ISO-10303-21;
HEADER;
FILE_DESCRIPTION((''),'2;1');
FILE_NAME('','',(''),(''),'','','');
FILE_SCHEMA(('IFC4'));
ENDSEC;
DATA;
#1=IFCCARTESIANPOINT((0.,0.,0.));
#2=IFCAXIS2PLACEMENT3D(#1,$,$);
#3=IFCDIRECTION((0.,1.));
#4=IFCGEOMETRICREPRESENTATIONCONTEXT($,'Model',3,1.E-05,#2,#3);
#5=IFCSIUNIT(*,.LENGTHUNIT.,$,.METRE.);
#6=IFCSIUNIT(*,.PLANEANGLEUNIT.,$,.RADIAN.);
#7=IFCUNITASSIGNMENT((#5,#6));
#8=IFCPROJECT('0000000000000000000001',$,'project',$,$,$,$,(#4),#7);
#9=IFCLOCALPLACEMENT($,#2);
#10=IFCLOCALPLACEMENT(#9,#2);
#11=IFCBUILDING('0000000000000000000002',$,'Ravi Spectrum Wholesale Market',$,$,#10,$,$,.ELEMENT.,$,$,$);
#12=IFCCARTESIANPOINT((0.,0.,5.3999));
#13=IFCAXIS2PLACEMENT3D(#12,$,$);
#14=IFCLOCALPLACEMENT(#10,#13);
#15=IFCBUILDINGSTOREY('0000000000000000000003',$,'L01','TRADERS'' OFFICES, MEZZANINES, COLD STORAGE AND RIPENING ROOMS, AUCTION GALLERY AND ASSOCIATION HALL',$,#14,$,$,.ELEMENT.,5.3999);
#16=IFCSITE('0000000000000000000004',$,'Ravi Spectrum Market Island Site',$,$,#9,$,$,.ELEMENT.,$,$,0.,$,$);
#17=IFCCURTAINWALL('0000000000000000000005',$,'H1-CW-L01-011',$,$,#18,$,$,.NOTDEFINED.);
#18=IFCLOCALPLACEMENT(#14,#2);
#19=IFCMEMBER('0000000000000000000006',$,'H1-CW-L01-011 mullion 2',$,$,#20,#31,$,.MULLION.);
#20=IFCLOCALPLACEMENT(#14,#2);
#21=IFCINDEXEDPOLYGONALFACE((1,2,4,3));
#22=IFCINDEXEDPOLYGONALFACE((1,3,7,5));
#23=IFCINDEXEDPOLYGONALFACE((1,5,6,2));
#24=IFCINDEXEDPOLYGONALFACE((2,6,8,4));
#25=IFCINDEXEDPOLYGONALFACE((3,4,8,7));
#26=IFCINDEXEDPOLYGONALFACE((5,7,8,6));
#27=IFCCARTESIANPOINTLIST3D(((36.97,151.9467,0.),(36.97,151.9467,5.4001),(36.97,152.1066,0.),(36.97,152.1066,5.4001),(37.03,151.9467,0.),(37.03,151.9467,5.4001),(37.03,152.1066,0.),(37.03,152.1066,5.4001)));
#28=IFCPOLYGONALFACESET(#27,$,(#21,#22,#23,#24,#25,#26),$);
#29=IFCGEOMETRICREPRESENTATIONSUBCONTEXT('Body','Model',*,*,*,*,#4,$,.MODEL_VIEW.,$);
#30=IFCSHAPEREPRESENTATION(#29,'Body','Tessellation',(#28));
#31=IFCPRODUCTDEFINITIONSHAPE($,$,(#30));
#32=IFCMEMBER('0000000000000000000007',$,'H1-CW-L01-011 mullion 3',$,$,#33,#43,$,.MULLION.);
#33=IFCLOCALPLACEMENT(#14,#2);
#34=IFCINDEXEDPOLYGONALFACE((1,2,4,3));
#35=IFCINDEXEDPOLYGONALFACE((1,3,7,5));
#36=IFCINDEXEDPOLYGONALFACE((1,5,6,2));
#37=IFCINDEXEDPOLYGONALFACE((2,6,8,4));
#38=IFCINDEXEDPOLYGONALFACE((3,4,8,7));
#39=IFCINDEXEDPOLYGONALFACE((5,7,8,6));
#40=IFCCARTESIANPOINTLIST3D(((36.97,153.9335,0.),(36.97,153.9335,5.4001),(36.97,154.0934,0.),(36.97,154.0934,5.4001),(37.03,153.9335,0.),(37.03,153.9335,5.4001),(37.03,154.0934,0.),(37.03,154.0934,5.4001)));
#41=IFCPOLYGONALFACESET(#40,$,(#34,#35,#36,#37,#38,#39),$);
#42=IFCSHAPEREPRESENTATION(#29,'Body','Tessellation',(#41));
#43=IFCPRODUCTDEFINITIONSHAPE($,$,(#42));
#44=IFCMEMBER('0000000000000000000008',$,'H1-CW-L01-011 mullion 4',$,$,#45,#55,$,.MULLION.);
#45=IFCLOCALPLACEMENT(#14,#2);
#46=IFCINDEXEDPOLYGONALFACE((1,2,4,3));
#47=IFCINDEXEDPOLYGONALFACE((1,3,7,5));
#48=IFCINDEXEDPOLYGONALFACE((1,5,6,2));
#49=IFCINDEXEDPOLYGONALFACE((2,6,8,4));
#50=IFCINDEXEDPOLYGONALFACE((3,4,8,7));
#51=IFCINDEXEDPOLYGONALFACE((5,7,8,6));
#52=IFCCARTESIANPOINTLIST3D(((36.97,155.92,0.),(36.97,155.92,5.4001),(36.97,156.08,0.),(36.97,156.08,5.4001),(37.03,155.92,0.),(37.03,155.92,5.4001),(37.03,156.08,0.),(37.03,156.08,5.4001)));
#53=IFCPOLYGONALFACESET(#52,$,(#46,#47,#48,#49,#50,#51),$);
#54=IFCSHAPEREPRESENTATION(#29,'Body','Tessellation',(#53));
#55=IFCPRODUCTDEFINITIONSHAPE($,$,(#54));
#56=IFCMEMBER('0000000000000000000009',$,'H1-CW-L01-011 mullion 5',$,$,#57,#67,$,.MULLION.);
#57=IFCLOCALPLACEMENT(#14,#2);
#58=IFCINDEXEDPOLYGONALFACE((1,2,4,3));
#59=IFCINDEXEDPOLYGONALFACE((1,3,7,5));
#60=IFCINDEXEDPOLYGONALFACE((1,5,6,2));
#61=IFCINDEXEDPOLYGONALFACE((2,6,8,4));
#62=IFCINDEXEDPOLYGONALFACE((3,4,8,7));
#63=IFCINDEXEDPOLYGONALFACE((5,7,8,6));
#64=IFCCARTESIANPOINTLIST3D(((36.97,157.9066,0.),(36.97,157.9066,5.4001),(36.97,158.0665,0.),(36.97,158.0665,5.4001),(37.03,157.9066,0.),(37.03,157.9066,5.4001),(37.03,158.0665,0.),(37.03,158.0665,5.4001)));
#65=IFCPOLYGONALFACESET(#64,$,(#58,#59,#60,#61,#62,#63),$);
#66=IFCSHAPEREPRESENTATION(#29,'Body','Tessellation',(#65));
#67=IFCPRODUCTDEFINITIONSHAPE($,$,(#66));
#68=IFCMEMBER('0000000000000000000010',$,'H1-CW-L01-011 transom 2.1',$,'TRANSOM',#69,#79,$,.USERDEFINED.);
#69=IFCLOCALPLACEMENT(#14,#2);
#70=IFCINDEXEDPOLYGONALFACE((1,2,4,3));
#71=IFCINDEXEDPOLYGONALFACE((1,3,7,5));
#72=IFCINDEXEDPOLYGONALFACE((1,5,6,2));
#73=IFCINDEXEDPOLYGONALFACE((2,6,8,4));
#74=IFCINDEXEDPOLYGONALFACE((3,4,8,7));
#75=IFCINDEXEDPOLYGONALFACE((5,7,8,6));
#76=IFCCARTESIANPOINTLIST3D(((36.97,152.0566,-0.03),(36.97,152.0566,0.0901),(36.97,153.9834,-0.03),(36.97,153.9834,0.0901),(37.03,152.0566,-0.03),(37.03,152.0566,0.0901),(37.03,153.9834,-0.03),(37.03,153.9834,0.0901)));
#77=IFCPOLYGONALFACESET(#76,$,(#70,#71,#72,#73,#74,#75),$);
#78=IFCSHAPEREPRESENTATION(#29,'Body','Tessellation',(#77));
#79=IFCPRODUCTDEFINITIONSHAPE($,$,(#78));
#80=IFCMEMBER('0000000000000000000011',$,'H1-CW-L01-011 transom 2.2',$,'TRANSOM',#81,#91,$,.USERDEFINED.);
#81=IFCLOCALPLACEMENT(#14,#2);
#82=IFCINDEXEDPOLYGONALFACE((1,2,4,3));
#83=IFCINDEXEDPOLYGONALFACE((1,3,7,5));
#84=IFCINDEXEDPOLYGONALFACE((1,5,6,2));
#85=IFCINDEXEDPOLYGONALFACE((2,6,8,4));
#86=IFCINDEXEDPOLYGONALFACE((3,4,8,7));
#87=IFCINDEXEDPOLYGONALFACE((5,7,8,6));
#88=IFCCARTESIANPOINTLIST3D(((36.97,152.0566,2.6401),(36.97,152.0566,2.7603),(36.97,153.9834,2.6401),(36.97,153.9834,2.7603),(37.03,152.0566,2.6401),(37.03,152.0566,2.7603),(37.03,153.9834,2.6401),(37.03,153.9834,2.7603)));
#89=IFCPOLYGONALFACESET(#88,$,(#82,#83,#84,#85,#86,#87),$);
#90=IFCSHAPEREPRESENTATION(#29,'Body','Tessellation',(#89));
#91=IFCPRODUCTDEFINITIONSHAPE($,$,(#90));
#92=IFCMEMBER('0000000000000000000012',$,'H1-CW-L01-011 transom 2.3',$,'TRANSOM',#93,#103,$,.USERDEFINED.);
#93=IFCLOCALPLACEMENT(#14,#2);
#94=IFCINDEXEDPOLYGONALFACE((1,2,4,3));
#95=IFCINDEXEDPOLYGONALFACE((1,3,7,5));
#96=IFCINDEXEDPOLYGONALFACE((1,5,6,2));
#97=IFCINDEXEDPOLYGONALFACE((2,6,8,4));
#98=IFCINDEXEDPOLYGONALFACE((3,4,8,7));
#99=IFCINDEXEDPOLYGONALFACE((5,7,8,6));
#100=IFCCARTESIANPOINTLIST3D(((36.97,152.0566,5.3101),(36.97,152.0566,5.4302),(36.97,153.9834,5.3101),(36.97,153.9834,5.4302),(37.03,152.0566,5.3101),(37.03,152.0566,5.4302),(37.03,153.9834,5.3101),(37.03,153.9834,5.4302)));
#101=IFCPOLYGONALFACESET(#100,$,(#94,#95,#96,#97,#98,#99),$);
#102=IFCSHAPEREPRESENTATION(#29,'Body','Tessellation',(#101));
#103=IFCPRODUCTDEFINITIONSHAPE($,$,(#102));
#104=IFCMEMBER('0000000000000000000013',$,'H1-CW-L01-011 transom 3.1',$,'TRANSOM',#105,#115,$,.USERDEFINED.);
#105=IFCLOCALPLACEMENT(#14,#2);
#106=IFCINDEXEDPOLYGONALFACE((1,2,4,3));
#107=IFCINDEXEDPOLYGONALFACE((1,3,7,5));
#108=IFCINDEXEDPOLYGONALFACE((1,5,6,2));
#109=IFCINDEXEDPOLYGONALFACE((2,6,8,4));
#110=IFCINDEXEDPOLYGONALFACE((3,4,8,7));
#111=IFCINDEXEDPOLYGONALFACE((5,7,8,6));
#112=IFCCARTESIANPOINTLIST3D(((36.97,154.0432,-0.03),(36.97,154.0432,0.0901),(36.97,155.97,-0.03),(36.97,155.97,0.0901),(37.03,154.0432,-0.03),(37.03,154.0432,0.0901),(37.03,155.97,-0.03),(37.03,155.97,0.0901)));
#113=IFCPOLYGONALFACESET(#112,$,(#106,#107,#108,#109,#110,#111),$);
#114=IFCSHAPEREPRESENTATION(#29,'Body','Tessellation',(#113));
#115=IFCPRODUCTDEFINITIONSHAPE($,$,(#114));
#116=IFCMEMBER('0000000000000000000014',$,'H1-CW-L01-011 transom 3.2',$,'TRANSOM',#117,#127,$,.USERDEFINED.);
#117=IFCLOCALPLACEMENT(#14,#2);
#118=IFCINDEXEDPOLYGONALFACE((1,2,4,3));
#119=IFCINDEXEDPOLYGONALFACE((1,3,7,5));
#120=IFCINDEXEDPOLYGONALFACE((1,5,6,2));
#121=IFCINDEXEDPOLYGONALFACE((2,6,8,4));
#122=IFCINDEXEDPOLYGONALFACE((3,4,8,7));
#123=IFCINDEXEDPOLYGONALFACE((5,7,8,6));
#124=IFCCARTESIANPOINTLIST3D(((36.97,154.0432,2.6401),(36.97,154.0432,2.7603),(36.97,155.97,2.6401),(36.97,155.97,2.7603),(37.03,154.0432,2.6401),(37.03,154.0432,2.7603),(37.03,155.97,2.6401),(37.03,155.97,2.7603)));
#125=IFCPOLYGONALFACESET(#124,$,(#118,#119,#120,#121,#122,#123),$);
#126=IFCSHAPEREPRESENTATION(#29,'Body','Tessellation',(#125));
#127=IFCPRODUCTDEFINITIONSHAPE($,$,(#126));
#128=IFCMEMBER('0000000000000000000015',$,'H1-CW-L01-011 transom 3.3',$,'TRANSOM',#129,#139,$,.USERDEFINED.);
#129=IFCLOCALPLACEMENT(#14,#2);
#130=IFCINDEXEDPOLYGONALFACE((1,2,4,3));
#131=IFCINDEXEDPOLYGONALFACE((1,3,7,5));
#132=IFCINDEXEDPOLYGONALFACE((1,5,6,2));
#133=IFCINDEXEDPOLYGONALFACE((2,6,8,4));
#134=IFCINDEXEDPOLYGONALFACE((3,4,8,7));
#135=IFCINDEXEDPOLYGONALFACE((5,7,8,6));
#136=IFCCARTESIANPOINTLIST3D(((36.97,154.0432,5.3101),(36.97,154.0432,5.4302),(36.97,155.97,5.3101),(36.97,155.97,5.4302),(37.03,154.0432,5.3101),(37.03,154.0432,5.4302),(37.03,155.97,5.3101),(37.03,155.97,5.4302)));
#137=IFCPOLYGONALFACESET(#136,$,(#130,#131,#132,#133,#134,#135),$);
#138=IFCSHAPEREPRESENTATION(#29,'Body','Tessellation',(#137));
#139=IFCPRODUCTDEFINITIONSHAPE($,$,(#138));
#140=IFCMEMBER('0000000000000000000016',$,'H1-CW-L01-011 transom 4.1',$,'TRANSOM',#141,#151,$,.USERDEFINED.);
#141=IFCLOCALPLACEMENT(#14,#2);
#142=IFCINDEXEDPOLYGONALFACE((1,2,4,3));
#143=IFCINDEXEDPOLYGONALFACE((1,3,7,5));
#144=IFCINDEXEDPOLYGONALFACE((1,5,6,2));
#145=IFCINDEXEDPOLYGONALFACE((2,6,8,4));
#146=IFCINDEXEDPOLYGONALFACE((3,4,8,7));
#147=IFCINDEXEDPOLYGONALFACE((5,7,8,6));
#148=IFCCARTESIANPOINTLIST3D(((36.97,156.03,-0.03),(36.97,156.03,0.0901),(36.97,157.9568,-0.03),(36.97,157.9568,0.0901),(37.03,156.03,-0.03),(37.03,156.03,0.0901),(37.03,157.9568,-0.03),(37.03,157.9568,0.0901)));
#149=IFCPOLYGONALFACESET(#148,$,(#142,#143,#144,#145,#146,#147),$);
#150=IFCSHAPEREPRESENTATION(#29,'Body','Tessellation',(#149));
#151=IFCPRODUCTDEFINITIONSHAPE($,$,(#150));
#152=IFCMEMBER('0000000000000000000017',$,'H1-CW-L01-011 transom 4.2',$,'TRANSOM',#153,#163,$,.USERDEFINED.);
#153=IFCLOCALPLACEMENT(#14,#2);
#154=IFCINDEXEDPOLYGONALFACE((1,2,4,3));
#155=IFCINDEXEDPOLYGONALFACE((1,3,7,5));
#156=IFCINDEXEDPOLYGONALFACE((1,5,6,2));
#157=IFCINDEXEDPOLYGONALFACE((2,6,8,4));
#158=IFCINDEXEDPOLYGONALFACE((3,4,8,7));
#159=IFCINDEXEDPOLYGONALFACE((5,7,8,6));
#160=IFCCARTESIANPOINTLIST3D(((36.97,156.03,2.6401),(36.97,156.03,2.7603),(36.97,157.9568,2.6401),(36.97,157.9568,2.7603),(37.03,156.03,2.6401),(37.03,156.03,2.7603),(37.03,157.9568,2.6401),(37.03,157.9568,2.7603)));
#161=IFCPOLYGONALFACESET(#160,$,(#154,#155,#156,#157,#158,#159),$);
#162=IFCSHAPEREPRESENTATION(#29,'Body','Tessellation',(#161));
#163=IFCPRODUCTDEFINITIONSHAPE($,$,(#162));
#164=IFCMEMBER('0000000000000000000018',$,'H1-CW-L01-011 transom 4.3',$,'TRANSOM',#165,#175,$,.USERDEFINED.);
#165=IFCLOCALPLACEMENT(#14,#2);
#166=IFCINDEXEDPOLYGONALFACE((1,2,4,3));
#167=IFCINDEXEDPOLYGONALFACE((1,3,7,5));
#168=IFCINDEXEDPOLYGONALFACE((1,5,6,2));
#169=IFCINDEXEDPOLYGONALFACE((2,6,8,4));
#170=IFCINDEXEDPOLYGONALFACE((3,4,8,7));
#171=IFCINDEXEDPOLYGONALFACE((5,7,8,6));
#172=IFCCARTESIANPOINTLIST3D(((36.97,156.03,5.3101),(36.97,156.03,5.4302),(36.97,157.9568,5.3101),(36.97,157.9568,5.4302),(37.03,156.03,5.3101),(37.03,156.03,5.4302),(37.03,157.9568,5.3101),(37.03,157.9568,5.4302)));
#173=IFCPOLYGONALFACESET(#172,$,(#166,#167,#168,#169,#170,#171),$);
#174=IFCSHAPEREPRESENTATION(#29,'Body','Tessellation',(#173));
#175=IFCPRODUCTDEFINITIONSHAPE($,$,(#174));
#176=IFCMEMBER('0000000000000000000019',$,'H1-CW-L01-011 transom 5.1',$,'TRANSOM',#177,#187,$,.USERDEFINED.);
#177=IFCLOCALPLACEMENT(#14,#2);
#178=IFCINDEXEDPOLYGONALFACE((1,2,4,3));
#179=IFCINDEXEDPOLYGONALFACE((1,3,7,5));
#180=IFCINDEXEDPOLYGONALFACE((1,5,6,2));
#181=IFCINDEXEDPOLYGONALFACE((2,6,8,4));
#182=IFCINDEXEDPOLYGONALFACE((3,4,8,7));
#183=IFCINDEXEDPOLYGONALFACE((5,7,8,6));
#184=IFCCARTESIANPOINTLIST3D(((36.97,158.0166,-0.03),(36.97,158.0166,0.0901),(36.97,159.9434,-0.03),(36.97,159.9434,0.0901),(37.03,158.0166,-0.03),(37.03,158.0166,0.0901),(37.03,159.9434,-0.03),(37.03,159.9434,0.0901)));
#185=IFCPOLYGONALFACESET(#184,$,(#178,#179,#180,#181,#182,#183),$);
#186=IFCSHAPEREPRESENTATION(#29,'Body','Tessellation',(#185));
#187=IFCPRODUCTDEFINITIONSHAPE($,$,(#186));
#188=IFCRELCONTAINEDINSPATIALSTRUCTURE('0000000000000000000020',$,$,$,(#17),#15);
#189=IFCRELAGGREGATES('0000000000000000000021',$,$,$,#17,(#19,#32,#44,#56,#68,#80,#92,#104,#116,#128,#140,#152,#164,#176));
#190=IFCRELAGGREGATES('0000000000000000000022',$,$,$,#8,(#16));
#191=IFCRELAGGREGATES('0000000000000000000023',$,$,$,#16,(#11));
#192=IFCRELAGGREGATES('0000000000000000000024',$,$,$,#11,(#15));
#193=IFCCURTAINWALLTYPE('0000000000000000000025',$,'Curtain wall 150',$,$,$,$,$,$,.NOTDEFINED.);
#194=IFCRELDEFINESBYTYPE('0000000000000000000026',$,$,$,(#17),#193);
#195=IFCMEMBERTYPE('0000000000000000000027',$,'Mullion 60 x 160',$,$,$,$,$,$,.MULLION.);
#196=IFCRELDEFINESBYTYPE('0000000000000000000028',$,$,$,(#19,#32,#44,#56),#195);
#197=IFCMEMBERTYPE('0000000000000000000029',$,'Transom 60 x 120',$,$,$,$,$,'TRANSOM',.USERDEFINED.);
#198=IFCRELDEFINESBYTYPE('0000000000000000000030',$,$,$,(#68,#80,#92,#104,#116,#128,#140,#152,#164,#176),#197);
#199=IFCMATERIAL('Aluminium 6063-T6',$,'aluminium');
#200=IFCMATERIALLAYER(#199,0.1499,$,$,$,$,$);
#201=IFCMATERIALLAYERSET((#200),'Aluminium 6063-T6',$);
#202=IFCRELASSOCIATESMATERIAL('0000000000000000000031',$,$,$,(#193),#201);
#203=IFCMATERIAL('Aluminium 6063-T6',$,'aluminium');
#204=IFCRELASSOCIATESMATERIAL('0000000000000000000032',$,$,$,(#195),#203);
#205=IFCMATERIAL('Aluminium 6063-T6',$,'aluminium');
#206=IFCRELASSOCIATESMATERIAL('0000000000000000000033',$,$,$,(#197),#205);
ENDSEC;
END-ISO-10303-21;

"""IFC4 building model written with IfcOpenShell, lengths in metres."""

from ifc_helpers import new_model, si_unit, direction, frame, origin, origin_2d, place, context, subcontext, project, spatial, rectangle, extrude, material, layer, layer_set, material_profile, profile_set, type_object, element, aggregate, save


model = new_model("IFC4")

# Units and contexts
model_context = context("Model", 3, precision=1e-05, world=origin(), true_north=direction((0.0, 1.0)))
body_context = subcontext(model_context, "Body", "Model", "MODEL_VIEW")
ifc_project = project(units=[si_unit("LENGTHUNIT", "METRE"), si_unit("PLANEANGLEUNIT", "RADIAN")], contexts=[model_context])

# Site, building, storey
site_placement = place(None, origin())
site = spatial("IfcSite", under=ifc_project, at=site_placement, Name="Ravi Spectrum Market Island Site", CompositionType="ELEMENT", RefElevation=0.0)
building_placement = place(site_placement, origin())
building = spatial("IfcBuilding", under=site, at=building_placement, Name="Ravi Spectrum Wholesale Market", CompositionType="ELEMENT")
storey_placement = place(building_placement, frame((0.0, 0.0, 5.3999)))
storey = spatial("IfcBuildingStorey", under=building, at=storey_placement, Name="L01", Description="TRADERS' OFFICES, MEZZANINES, COLD STORAGE AND RIPENING ROOMS, AUCTION GALLERY AND ASSOCIATION HALL", CompositionType="ELEMENT", Elevation=5.3999)

# Curtain wall, members
ifc_material_1 = material(Name="Aluminium 6063-T6", Category="aluminium")
ifc_layer_1 = layer(ifc_material_1, 0.1499)
ifc_layer_set_1 = layer_set([ifc_layer_1], Name="Aluminium 6063-T6")
curtain_wall_type = type_object("IfcCurtainWallType", Name="Curtain wall 150", PredefinedType="NOTDEFINED", material=ifc_layer_set_1)
curtain_wall_placement = place(storey_placement, origin())
curtain_wall = element("IfcCurtainWall", 1, at=curtain_wall_placement, inside=storey, type_object=curtain_wall_type, Name="H1-CW-L01-011", PredefinedType="NOTDEFINED")
ifc_material_2 = material(Name="Aluminium 6063-T6", Category="aluminium")
ifc_material_profile_1 = material_profile(ifc_material_2, rectangle(XDim=0.0601, YDim=0.1599, at=origin_2d()))
ifc_profile_set_1 = profile_set([ifc_material_profile_1], Name="Aluminium 6063-T6")
member_type_1 = type_object("IfcMemberType", Name="Mullion 60 x 160", PredefinedType="MULLION", material=ifc_profile_set_1)
member_1_placement = place(storey_placement, frame((37.0, 152.0266, 0.0), z_axis=(0.0, 0.0, 1.0), x_axis=(-1.0, 0.0, 0.0)))
member_1 = element("IfcMember", 2, at=member_1_placement, type_object=member_type_1, Name="H1-CW-L01-011 mullion 2", PredefinedType="MULLION", context=body_context, shape_type="SweptSolid", body=[
    extrude(rectangle(XDim=0.0601, YDim=0.1599, at=origin_2d()), origin(), (0.0, 0.0, 1.0), 5.4001),
])
member_2_placement = place(storey_placement, frame((37.0, 154.0134, 0.0), z_axis=(0.0, 0.0, 1.0), x_axis=(-1.0, 0.0, 0.0)))
member_2 = element("IfcMember", 3, at=member_2_placement, type_object=member_type_1, Name="H1-CW-L01-011 mullion 3", PredefinedType="MULLION", context=body_context, shape_type="SweptSolid", body=[
    extrude(rectangle(XDim=0.0601, YDim=0.1599, at=origin_2d()), origin(), (0.0, 0.0, 1.0), 5.4001),
])
member_3_placement = place(storey_placement, frame((37.0, 156.0, 0.0), z_axis=(0.0, 0.0, 1.0), x_axis=(-1.0, 0.0, 0.0)))
member_3 = element("IfcMember", 4, at=member_3_placement, type_object=member_type_1, Name="H1-CW-L01-011 mullion 4", PredefinedType="MULLION", context=body_context, shape_type="SweptSolid", body=[
    extrude(rectangle(XDim=0.0601, YDim=0.1599, at=origin_2d()), origin(), (0.0, 0.0, 1.0), 5.4001),
])
member_4_placement = place(storey_placement, frame((37.0, 157.9866, 0.0), z_axis=(0.0, 0.0, 1.0), x_axis=(-1.0, 0.0, 0.0)))
member_4 = element("IfcMember", 5, at=member_4_placement, type_object=member_type_1, Name="H1-CW-L01-011 mullion 5", PredefinedType="MULLION", context=body_context, shape_type="SweptSolid", body=[
    extrude(rectangle(XDim=0.0601, YDim=0.1599, at=origin_2d()), origin(), (0.0, 0.0, 1.0), 5.4001),
])
ifc_material_3 = material(Name="Aluminium 6063-T6", Category="aluminium")
ifc_material_profile_2 = material_profile(ifc_material_3, rectangle(XDim=0.0601, YDim=0.1201, at=origin_2d()))
ifc_profile_set_2 = profile_set([ifc_material_profile_2], Name="Aluminium 6063-T6")
member_type_2 = type_object("IfcMemberType", Name="Transom 60 x 120", ElementType="TRANSOM", PredefinedType="USERDEFINED", material=ifc_profile_set_2)
member_5_placement = place(storey_placement, frame((37.0, 152.0566, 0.03), z_axis=(0.0, 1.0, 0.0), x_axis=(-1.0, 0.0, 0.0)))
member_5 = element("IfcMember", 6, at=member_5_placement, type_object=member_type_2, Name="H1-CW-L01-011 transom 2.1", ObjectType="TRANSOM", PredefinedType="USERDEFINED", context=body_context, shape_type="SweptSolid", body=[
    extrude(rectangle(XDim=0.0601, YDim=0.1201, at=origin_2d()), origin(), (0.0, 0.0, 1.0), 1.9268),
])
member_6_placement = place(storey_placement, frame((37.0, 152.0566, 2.7002), z_axis=(0.0, 1.0, 0.0), x_axis=(-1.0, 0.0, 0.0)))
member_6 = element("IfcMember", 7, at=member_6_placement, type_object=member_type_2, Name="H1-CW-L01-011 transom 2.2", ObjectType="TRANSOM", PredefinedType="USERDEFINED", context=body_context, shape_type="SweptSolid", body=[
    extrude(rectangle(XDim=0.0601, YDim=0.1201, at=origin_2d()), origin(), (0.0, 0.0, 1.0), 1.9268),
])
member_7_placement = place(storey_placement, frame((37.0, 152.0566, 5.3701), z_axis=(0.0, 1.0, 0.0), x_axis=(-1.0, 0.0, 0.0)))
member_7 = element("IfcMember", 8, at=member_7_placement, type_object=member_type_2, Name="H1-CW-L01-011 transom 2.3", ObjectType="TRANSOM", PredefinedType="USERDEFINED", context=body_context, shape_type="SweptSolid", body=[
    extrude(rectangle(XDim=0.0601, YDim=0.1201, at=origin_2d()), origin(), (0.0, 0.0, 1.0), 1.9268),
])
member_8_placement = place(storey_placement, frame((37.0, 154.0432, 0.03), z_axis=(0.0, 1.0, 0.0), x_axis=(-1.0, 0.0, 0.0)))
member_8 = element("IfcMember", 9, at=member_8_placement, type_object=member_type_2, Name="H1-CW-L01-011 transom 3.1", ObjectType="TRANSOM", PredefinedType="USERDEFINED", context=body_context, shape_type="SweptSolid", body=[
    extrude(rectangle(XDim=0.0601, YDim=0.1201, at=origin_2d()), origin(), (0.0, 0.0, 1.0), 1.9268),
])
member_9_placement = place(storey_placement, frame((37.0, 154.0432, 2.7002), z_axis=(0.0, 1.0, 0.0), x_axis=(-1.0, 0.0, 0.0)))
member_9 = element("IfcMember", 10, at=member_9_placement, type_object=member_type_2, Name="H1-CW-L01-011 transom 3.2", ObjectType="TRANSOM", PredefinedType="USERDEFINED", context=body_context, shape_type="SweptSolid", body=[
    extrude(rectangle(XDim=0.0601, YDim=0.1201, at=origin_2d()), origin(), (0.0, 0.0, 1.0), 1.9268),
])
member_10_placement = place(storey_placement, frame((37.0, 154.0432, 5.3701), z_axis=(0.0, 1.0, 0.0), x_axis=(-1.0, 0.0, 0.0)))
member_10 = element("IfcMember", 11, at=member_10_placement, type_object=member_type_2, Name="H1-CW-L01-011 transom 3.3", ObjectType="TRANSOM", PredefinedType="USERDEFINED", context=body_context, shape_type="SweptSolid", body=[
    extrude(rectangle(XDim=0.0601, YDim=0.1201, at=origin_2d()), origin(), (0.0, 0.0, 1.0), 1.9268),
])
member_11_placement = place(storey_placement, frame((37.0, 156.03, 0.03), z_axis=(0.0, 1.0, 0.0), x_axis=(-1.0, 0.0, 0.0)))
member_11 = element("IfcMember", 12, at=member_11_placement, type_object=member_type_2, Name="H1-CW-L01-011 transom 4.1", ObjectType="TRANSOM", PredefinedType="USERDEFINED", context=body_context, shape_type="SweptSolid", body=[
    extrude(rectangle(XDim=0.0601, YDim=0.1201, at=origin_2d()), origin(), (0.0, 0.0, 1.0), 1.9268),
])
member_12_placement = place(storey_placement, frame((37.0, 156.03, 2.7002), z_axis=(0.0, 1.0, 0.0), x_axis=(-1.0, 0.0, 0.0)))
member_12 = element("IfcMember", 13, at=member_12_placement, type_object=member_type_2, Name="H1-CW-L01-011 transom 4.2", ObjectType="TRANSOM", PredefinedType="USERDEFINED", context=body_context, shape_type="SweptSolid", body=[
    extrude(rectangle(XDim=0.0601, YDim=0.1201, at=origin_2d()), origin(), (0.0, 0.0, 1.0), 1.9268),
])
member_13_placement = place(storey_placement, frame((37.0, 156.03, 5.3701), z_axis=(0.0, 1.0, 0.0), x_axis=(-1.0, 0.0, 0.0)))
member_13 = element("IfcMember", 14, at=member_13_placement, type_object=member_type_2, Name="H1-CW-L01-011 transom 4.3", ObjectType="TRANSOM", PredefinedType="USERDEFINED", context=body_context, shape_type="SweptSolid", body=[
    extrude(rectangle(XDim=0.0601, YDim=0.1201, at=origin_2d()), origin(), (0.0, 0.0, 1.0), 1.9268),
])
member_14_placement = place(storey_placement, frame((37.0, 158.0166, 0.03), z_axis=(0.0, 1.0, 0.0), x_axis=(-1.0, 0.0, 0.0)))
member_14 = element("IfcMember", 15, at=member_14_placement, type_object=member_type_2, Name="H1-CW-L01-011 transom 5.1", ObjectType="TRANSOM", PredefinedType="USERDEFINED", context=body_context, shape_type="SweptSolid", body=[
    extrude(rectangle(XDim=0.0601, YDim=0.1201, at=origin_2d()), origin(), (0.0, 0.0, 1.0), 1.9268),
])
aggregate(curtain_wall, [member_1, member_2, member_3, member_4, member_5, member_6, member_7, member_8, member_9, member_10, member_11, member_12, member_13, member_14])

save(model, "model.ifc")
